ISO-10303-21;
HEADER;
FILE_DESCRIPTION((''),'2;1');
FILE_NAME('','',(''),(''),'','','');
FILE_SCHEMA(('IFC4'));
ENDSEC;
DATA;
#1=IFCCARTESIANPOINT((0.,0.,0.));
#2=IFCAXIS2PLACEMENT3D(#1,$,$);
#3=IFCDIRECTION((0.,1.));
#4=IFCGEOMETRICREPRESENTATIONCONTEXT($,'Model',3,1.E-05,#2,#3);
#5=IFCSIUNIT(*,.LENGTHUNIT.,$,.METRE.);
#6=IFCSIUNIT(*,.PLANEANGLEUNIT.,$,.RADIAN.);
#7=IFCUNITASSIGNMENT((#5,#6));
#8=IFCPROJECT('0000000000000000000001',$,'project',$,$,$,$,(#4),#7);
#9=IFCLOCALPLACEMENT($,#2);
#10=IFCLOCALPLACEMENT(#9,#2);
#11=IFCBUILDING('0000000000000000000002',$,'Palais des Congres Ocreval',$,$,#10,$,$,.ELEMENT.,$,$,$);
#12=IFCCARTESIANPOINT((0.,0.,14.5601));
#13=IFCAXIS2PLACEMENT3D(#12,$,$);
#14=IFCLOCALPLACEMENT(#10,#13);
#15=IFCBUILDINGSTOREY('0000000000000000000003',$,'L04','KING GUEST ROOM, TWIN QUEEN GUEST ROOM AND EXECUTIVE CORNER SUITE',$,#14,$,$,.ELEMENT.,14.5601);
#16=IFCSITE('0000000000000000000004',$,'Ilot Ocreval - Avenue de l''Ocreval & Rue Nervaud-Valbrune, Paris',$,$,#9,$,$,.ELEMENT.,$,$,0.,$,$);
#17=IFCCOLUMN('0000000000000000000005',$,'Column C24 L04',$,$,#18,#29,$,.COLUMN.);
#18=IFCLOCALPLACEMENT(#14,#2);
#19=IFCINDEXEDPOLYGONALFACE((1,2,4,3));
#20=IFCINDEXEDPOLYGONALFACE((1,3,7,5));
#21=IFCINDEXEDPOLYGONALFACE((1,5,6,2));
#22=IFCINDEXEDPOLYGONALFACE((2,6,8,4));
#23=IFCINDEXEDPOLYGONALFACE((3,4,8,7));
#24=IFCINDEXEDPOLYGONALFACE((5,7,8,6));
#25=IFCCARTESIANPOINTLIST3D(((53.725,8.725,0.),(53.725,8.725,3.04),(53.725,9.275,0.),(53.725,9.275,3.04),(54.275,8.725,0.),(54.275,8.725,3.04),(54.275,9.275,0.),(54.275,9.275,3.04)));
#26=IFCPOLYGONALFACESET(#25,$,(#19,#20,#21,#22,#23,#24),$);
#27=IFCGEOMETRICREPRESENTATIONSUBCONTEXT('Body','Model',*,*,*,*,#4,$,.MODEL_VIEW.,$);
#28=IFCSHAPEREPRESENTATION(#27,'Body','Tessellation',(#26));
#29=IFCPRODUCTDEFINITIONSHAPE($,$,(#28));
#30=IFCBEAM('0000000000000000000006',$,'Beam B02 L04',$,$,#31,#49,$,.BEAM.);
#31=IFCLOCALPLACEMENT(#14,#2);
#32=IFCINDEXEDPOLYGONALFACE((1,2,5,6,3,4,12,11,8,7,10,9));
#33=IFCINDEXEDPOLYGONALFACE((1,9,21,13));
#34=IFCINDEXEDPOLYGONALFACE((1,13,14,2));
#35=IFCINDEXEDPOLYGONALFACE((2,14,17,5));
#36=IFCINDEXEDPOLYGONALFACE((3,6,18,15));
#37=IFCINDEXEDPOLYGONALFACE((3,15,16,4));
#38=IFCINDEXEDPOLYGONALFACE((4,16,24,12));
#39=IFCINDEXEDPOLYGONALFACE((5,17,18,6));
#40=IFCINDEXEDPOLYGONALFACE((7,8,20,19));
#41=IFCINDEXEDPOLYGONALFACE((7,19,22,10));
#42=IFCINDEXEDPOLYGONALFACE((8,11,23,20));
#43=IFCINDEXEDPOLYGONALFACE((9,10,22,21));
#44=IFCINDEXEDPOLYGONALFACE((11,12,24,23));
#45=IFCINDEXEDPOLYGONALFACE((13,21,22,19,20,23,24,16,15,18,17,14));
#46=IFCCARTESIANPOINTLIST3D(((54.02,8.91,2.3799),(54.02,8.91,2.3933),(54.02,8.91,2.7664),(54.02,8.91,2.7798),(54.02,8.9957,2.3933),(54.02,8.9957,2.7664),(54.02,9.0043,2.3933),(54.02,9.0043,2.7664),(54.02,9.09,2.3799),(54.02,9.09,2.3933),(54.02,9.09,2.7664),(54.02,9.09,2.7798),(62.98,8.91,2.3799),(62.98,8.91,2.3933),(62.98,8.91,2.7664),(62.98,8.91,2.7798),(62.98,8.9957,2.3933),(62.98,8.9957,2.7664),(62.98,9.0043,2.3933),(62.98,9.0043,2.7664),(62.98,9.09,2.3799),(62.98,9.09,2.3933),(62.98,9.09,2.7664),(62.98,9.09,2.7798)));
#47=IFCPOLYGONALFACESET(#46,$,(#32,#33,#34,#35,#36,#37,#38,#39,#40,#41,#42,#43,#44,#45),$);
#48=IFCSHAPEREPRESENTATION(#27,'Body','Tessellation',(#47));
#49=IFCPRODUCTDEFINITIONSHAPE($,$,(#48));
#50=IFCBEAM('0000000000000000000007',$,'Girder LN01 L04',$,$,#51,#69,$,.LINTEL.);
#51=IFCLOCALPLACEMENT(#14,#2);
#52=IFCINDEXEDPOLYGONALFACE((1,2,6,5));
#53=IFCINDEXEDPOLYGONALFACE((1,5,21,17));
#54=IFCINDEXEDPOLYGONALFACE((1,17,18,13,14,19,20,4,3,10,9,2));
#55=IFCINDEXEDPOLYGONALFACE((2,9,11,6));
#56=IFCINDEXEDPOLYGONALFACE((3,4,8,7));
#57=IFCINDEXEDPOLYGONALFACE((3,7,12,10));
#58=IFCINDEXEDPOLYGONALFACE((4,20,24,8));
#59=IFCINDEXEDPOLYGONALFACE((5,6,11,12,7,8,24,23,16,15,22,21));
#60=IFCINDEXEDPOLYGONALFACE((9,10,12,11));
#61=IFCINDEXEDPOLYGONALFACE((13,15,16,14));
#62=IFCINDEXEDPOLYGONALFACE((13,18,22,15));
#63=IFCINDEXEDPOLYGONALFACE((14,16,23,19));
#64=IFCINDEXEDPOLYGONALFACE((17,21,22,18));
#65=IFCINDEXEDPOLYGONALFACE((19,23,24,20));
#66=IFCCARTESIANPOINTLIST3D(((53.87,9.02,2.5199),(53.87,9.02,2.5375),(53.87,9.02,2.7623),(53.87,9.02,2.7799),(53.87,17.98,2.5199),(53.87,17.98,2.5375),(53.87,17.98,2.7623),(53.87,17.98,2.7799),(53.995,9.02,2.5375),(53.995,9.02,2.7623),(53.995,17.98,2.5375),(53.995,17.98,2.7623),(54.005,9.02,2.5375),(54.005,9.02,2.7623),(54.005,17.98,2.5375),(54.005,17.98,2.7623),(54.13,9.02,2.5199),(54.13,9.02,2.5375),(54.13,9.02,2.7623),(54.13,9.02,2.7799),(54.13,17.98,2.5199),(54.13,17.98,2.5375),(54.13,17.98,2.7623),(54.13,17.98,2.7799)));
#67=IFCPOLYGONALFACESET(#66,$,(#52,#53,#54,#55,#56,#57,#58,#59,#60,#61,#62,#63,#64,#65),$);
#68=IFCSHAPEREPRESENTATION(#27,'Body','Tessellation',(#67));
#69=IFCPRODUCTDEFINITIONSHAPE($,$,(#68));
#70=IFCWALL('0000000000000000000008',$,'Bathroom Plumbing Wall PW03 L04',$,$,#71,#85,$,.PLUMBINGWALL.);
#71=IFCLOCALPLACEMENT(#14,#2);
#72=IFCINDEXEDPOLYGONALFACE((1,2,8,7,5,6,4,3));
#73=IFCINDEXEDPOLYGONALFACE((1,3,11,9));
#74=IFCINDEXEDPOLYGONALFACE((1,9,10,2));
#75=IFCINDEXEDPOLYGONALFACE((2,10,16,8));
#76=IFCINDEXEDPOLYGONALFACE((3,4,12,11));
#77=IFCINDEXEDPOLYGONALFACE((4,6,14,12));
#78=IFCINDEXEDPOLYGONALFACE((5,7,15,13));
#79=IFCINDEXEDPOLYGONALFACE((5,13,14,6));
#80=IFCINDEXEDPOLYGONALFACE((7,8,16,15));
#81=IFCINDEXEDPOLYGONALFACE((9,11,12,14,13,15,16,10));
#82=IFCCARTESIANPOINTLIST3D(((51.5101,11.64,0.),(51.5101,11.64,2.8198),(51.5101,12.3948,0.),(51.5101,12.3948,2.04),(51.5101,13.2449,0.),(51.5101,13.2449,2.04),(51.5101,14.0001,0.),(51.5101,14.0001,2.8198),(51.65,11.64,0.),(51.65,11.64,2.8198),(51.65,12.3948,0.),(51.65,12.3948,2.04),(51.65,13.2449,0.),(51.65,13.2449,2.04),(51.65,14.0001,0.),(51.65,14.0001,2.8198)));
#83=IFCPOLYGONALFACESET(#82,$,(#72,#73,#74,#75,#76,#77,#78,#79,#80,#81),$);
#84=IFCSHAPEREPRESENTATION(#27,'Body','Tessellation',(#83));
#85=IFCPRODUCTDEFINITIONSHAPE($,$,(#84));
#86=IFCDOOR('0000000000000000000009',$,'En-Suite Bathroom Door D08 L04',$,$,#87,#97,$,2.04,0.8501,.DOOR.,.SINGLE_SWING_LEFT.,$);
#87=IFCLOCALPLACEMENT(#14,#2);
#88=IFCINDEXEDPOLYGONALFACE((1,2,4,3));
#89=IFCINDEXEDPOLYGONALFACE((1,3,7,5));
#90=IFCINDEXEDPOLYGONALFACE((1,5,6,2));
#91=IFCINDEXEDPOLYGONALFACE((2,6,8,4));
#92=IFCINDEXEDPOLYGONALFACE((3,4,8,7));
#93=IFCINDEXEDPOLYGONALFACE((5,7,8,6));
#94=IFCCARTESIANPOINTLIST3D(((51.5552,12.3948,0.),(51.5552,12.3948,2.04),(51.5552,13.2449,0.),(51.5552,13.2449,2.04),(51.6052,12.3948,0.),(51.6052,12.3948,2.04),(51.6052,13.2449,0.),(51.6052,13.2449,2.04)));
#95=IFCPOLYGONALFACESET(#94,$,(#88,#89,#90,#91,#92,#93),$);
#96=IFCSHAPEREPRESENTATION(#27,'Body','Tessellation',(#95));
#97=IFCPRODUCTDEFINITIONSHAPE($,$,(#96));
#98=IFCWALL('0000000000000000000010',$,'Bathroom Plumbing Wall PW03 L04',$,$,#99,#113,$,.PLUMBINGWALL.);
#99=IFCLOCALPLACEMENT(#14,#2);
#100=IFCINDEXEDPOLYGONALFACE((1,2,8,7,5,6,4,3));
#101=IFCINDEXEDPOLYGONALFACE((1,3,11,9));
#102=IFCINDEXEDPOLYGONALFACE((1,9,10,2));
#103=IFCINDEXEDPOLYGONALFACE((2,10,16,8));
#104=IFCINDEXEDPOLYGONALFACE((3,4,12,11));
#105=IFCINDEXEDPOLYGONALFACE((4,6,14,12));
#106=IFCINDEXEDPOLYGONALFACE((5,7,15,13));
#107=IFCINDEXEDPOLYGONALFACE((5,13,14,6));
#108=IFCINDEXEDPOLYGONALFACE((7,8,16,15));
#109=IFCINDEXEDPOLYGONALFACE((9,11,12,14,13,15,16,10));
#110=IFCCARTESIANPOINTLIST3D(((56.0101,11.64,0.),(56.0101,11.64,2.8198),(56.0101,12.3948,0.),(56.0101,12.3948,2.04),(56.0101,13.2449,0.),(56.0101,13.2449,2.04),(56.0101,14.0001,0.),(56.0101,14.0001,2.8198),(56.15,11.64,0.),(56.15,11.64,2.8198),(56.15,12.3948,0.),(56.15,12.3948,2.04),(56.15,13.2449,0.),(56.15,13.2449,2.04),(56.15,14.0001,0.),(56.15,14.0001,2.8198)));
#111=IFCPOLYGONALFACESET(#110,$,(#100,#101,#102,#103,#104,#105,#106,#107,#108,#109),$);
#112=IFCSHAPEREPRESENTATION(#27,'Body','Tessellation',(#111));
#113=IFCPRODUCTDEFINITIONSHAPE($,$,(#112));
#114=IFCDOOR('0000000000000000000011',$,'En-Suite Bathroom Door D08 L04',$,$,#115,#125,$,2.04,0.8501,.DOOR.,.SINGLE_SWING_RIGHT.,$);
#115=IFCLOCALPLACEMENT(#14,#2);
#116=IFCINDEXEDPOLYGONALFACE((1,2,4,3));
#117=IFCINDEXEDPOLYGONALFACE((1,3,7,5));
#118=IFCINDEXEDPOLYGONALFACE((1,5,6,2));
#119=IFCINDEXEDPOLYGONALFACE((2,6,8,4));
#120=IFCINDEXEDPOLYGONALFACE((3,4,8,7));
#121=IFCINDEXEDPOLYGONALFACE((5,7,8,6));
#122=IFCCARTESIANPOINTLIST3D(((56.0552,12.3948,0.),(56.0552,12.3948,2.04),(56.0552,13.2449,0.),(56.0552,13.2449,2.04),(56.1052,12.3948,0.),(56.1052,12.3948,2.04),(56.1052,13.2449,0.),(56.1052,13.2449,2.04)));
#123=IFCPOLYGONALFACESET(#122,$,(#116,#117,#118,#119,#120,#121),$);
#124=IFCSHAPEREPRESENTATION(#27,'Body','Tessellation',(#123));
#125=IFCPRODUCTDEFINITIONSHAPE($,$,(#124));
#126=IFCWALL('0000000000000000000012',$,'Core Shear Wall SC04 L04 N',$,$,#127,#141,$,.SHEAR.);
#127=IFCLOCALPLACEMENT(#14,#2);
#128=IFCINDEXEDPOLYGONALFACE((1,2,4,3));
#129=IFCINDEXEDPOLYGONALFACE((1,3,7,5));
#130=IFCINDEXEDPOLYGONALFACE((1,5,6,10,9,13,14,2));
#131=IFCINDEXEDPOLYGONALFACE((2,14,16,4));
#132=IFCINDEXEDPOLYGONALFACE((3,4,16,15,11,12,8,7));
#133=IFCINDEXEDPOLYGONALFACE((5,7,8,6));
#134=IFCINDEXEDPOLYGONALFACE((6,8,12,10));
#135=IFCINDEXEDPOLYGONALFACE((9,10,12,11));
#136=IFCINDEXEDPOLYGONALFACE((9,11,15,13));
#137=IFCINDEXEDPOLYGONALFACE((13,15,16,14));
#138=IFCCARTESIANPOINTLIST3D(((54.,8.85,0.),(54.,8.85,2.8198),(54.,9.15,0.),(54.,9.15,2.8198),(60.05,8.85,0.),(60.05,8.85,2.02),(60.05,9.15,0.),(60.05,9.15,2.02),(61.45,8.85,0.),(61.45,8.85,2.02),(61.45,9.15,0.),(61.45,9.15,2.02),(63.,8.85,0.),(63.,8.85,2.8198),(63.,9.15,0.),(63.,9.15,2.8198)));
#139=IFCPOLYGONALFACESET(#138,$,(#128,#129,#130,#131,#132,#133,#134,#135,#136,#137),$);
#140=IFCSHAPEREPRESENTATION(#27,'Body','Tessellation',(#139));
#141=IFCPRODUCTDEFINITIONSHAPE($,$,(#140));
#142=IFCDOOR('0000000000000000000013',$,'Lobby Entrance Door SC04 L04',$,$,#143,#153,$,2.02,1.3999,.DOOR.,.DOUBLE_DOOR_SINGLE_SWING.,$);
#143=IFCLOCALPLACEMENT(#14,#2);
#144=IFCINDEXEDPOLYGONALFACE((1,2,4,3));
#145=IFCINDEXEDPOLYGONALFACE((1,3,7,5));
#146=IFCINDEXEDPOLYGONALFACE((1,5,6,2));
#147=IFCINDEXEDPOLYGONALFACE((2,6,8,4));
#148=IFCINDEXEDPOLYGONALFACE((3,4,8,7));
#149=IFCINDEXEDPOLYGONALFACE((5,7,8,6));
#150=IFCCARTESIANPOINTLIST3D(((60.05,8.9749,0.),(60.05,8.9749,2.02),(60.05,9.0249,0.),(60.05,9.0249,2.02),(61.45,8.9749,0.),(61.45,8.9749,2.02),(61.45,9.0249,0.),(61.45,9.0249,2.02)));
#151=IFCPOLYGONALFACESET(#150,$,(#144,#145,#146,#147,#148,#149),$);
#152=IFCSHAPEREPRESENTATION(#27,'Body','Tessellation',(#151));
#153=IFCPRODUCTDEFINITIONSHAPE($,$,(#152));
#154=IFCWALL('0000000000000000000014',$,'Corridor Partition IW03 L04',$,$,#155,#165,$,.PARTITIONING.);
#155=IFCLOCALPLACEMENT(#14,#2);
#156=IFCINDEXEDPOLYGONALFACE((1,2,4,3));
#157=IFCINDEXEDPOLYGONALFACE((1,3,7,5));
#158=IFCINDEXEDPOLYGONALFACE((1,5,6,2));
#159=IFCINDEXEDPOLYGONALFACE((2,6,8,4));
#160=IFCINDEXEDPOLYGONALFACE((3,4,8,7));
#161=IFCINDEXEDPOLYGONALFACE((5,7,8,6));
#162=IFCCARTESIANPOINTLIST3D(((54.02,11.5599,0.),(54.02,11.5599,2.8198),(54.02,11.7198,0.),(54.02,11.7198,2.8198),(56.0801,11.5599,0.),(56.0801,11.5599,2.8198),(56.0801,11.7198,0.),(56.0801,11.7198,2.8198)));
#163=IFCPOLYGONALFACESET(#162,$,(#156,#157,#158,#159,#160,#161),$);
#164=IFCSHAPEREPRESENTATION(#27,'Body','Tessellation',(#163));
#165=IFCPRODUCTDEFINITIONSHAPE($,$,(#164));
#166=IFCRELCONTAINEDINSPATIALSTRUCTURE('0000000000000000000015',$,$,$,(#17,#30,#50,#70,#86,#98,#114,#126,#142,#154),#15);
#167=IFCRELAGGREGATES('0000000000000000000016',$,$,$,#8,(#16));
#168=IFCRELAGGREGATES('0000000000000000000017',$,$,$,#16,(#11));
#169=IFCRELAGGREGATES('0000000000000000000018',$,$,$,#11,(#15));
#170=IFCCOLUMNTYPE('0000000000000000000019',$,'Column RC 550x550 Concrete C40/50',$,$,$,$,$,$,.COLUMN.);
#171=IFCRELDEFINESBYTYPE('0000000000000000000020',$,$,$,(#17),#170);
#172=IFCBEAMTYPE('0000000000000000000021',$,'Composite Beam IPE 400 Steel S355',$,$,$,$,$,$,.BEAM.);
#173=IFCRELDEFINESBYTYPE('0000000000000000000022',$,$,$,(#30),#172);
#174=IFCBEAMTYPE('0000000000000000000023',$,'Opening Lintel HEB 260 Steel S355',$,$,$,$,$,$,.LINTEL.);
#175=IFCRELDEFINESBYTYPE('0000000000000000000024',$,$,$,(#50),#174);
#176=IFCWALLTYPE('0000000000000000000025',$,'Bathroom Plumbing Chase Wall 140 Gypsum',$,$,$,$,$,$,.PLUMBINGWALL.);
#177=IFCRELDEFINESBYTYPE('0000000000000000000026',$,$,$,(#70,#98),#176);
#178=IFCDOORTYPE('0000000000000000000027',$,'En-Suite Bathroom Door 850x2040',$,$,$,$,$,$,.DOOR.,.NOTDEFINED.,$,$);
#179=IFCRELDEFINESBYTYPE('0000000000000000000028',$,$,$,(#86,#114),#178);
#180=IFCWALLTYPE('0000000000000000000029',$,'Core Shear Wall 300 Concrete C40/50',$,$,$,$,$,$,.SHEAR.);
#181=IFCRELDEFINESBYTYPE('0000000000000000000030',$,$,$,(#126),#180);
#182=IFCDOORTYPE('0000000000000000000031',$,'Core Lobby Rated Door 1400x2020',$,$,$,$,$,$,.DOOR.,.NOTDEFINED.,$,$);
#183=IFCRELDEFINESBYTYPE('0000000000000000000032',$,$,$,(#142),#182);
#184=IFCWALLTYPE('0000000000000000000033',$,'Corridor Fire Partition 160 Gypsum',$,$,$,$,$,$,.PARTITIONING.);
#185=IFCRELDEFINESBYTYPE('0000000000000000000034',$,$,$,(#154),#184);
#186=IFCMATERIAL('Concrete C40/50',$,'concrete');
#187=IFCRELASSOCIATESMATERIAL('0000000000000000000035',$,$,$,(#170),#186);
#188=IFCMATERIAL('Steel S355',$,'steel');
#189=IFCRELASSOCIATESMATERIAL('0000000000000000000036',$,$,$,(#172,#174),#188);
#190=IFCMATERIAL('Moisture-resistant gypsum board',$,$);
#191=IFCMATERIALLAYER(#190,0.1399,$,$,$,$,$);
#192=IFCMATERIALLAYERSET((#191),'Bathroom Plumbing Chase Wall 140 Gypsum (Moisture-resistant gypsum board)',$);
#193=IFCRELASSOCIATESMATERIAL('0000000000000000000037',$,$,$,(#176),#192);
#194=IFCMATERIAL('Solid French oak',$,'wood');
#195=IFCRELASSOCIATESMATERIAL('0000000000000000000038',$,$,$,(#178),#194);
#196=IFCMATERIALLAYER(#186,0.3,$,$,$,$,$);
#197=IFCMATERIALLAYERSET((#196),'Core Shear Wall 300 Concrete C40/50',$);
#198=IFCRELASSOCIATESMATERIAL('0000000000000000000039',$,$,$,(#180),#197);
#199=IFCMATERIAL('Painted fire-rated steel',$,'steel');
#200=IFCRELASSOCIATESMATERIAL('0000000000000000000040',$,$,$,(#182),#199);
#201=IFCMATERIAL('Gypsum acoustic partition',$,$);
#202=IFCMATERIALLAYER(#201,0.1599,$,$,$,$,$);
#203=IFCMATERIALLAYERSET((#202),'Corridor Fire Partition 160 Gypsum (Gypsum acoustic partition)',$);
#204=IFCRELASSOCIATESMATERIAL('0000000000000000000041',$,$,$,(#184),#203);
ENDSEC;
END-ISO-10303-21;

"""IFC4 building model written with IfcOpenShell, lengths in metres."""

from ifc_helpers import new_model, si_unit, direction, frame, frame_2d, origin, origin_2d, place, context, subcontext, project, spatial, rectangle, i_section, extrude, material, layer, layer_set, material_profile, profile_set, type_object, element, fill, save


model = new_model("IFC4")

# Units and contexts
model_context = context("Model", 3, precision=1e-05, world=origin(), true_north=direction((0.0, 1.0)))
body_context = subcontext(model_context, "Body", "Model", "MODEL_VIEW")
ifc_project = project(units=[si_unit("LENGTHUNIT", "METRE"), si_unit("PLANEANGLEUNIT", "RADIAN")], contexts=[model_context])

# Site, building, storey
site_placement = place(None, origin())
site = spatial("IfcSite", under=ifc_project, at=site_placement, Name="Ilot Ocreval - Avenue de l'Ocreval & Rue Nervaud-Valbrune, Paris", CompositionType="ELEMENT", RefElevation=0.0)
building_placement = place(site_placement, origin())
building = spatial("IfcBuilding", under=site, at=building_placement, Name="Palais des Congres Ocreval", CompositionType="ELEMENT")
storey_placement = place(building_placement, frame((0.0, 0.0, 14.5601)))
storey = spatial("IfcBuildingStorey", under=building, at=storey_placement, Name="L04", Description="KING GUEST ROOM, TWIN QUEEN GUEST ROOM AND EXECUTIVE CORNER SUITE", CompositionType="ELEMENT", Elevation=14.5601)

# Column
ifc_material_1 = material(Name="Concrete C40/50", Category="concrete")
ifc_material_profile_1 = material_profile(ifc_material_1, rectangle(XDim=0.55, YDim=0.55, at=origin_2d()), Name="RC 550x550")
ifc_profile_set_1 = profile_set([ifc_material_profile_1], Name="Concrete C40/50")
column_type = type_object("IfcColumnType", Name="Column RC 550x550 Concrete C40/50", PredefinedType="COLUMN", material=ifc_profile_set_1)
column_placement = place(storey_placement, frame((54.0, 9.0, 0.0), z_axis=(0.0, 0.0, 1.0), x_axis=(1.0, 0.0, 0.0)))
element("IfcColumn", 1, at=column_placement, inside=storey, type_object=column_type, Name="Column C24 L04", PredefinedType="COLUMN", context=body_context, shape_type="SweptSolid", body=[
    extrude(rectangle(XDim=0.55, YDim=0.55, at=origin_2d()), origin(), (0.0, 0.0, 1.0), 3.04),
])

# Beams
ifc_material_2 = material(Name="Steel S355", Category="steel")
ifc_material_profile_2 = material_profile(ifc_material_2, i_section(OverallWidth=0.1799, OverallDepth=0.3999, WebThickness=0.0085, FlangeThickness=0.0134, at=origin_2d()), Name="IPE 400")
ifc_profile_set_2 = profile_set([ifc_material_profile_2], Name="Steel S355")
beam_type_1 = type_object("IfcBeamType", Name="Composite Beam IPE 400 Steel S355", PredefinedType="BEAM", material=ifc_profile_set_2)
beam_1_placement = place(storey_placement, frame((54.02, 9.0, 2.5798), z_axis=(1.0, 0.0, 0.0), x_axis=(0.0, 1.0, 0.0)))
element("IfcBeam", 2, at=beam_1_placement, inside=storey, type_object=beam_type_1, Name="Beam B02 L04", PredefinedType="BEAM", context=body_context, shape_type="SweptSolid", body=[
    extrude(i_section(OverallWidth=0.1799, OverallDepth=0.3999, WebThickness=0.0085, FlangeThickness=0.0134, at=origin_2d()), origin(), (0.0, 0.0, 1.0), 8.96),
])
ifc_material_profile_3 = material_profile(ifc_material_2, i_section(OverallWidth=0.26, OverallDepth=0.26, WebThickness=0.01, FlangeThickness=0.0176, at=origin_2d()), Name="HEB 260")
ifc_profile_set_3 = profile_set([ifc_material_profile_3], Name="Steel S355")
beam_type_2 = type_object("IfcBeamType", Name="Opening Lintel HEB 260 Steel S355", PredefinedType="LINTEL", material=ifc_profile_set_3)
beam_2_placement = place(storey_placement, frame((54.0, 9.02, 2.6499), z_axis=(0.0, 1.0, 0.0), x_axis=(-1.0, 0.0, 0.0)))
element("IfcBeam", 3, at=beam_2_placement, inside=storey, type_object=beam_type_2, Name="Girder LN01 L04", PredefinedType="LINTEL", context=body_context, shape_type="SweptSolid", body=[
    extrude(i_section(OverallWidth=0.26, OverallDepth=0.26, WebThickness=0.01, FlangeThickness=0.0176, at=origin_2d()), origin(), (0.0, 0.0, 1.0), 8.96),
])

# Walls, openings, doors
ifc_material_3 = material(Name="Moisture-resistant gypsum board")
ifc_layer_1 = layer(ifc_material_3, 0.1399)
ifc_layer_set_1 = layer_set([ifc_layer_1], Name="Bathroom Plumbing Chase Wall 140 Gypsum (Moisture-resistant gypsum board)")
wall_type_1 = type_object("IfcWallType", Name="Bathroom Plumbing Chase Wall 140 Gypsum", PredefinedType="PLUMBINGWALL", material=ifc_layer_set_1)
wall_1_placement = place(storey_placement, frame((51.5801, 11.6399, 0.0), z_axis=(0.0, 0.0, 1.0), x_axis=(0.0, 1.0, 0.0)))
wall_1 = element("IfcWall", 4, at=wall_1_placement, inside=storey, type_object=wall_type_1, Name="Bathroom Plumbing Wall PW03 L04", PredefinedType="PLUMBINGWALL", context=body_context, shape_type="SweptSolid", body=[
    extrude(rectangle(XDim=2.3601, YDim=0.1399, at=frame_2d((1.1802, 0.0))), origin(), (0.0, 0.0, 1.0), 2.8198),
])
opening_1_placement = place(wall_1_placement, frame((0.7549, 0.0, 0.0)))
opening_1 = element("IfcOpeningElement", 5, at=opening_1_placement, cuts=wall_1, PredefinedType="OPENING", context=body_context, shape_type="SweptSolid", body=[
    extrude(rectangle(XDim=0.8501, YDim=2.04, at=frame_2d((0.425, 1.02))), frame((0.0, 0.0798, 0.0), z_axis=(0.0, -1.0, 0.0), x_axis=(1.0, 0.0, 0.0)), (0.0, 0.0, 1.0), 0.1599),
])
ifc_material_4 = material(Name="Solid French oak", Category="wood")
door_type_1 = type_object("IfcDoorType", Name="En-Suite Bathroom Door 850x2040", OperationType="NOTDEFINED", PredefinedType="DOOR", material=ifc_material_4)
door_1_placement = place(opening_1_placement, origin())
door_1 = element("IfcDoor", 6, at=door_1_placement, inside=storey, type_object=door_type_1, Name="En-Suite Bathroom Door D08 L04", OperationType="SINGLE_SWING_LEFT", OverallHeight=2.04, OverallWidth=0.8501, PredefinedType="DOOR", context=body_context, shape_type="SweptSolid", body=[
    extrude(rectangle(XDim=0.8501, YDim=2.04, at=frame_2d((0.425, 1.02))), frame((0.0, 0.0249, 0.0), z_axis=(0.0, -1.0, 0.0), x_axis=(1.0, 0.0, 0.0)), (0.0, 0.0, 1.0), 0.05),
])
fill(opening_1, door_1)
wall_2_placement = place(storey_placement, frame((56.0801, 11.6399, 0.0), z_axis=(0.0, 0.0, 1.0), x_axis=(0.0, 1.0, 0.0)))
wall_2 = element("IfcWall", 7, at=wall_2_placement, inside=storey, type_object=wall_type_1, Name="Bathroom Plumbing Wall PW03 L04", PredefinedType="PLUMBINGWALL", context=body_context, shape_type="SweptSolid", body=[
    extrude(rectangle(XDim=2.3601, YDim=0.1399, at=frame_2d((1.1802, 0.0))), origin(), (0.0, 0.0, 1.0), 2.8198),
])
opening_2_placement = place(wall_2_placement, frame((0.7549, 0.0, 0.0)))
opening_2 = element("IfcOpeningElement", 8, at=opening_2_placement, cuts=wall_2, PredefinedType="OPENING", context=body_context, shape_type="SweptSolid", body=[
    extrude(rectangle(XDim=0.8501, YDim=2.04, at=frame_2d((0.425, 1.02))), frame((0.0, 0.0798, 0.0), z_axis=(0.0, -1.0, 0.0), x_axis=(1.0, 0.0, 0.0)), (0.0, 0.0, 1.0), 0.1599),
])
door_2_placement = place(opening_2_placement, origin())
door_2 = element("IfcDoor", 9, at=door_2_placement, inside=storey, type_object=door_type_1, Name="En-Suite Bathroom Door D08 L04", OperationType="SINGLE_SWING_RIGHT", OverallHeight=2.04, OverallWidth=0.8501, PredefinedType="DOOR", context=body_context, shape_type="SweptSolid", body=[
    extrude(rectangle(XDim=0.8501, YDim=2.04, at=frame_2d((0.425, 1.02))), frame((0.0, 0.0249, 0.0), z_axis=(0.0, -1.0, 0.0), x_axis=(1.0, 0.0, 0.0)), (0.0, 0.0, 1.0), 0.05),
])
fill(opening_2, door_2)
ifc_layer_2 = layer(ifc_material_1, 0.3)
ifc_layer_set_2 = layer_set([ifc_layer_2], Name="Core Shear Wall 300 Concrete C40/50")
wall_type_2 = type_object("IfcWallType", Name="Core Shear Wall 300 Concrete C40/50", PredefinedType="SHEAR", material=ifc_layer_set_2)
wall_3_placement = place(storey_placement, frame((54.0, 9.0, 0.0), z_axis=(0.0, 0.0, 1.0), x_axis=(1.0, 0.0, 0.0)))
wall_3 = element("IfcWall", 10, at=wall_3_placement, inside=storey, type_object=wall_type_2, Name="Core Shear Wall SC04 L04 N", PredefinedType="SHEAR", context=body_context, shape_type="SweptSolid", body=[
    extrude(rectangle(XDim=9.0, YDim=0.3, at=frame_2d((4.5, 0.0))), origin(), (0.0, 0.0, 1.0), 2.8198),
])
opening_3_placement = place(wall_3_placement, frame((6.05, 0.0, 0.0)))
opening_3 = element("IfcOpeningElement", 11, at=opening_3_placement, cuts=wall_3, PredefinedType="OPENING", context=body_context, shape_type="SweptSolid", body=[
    extrude(rectangle(XDim=1.3999, YDim=2.02, at=frame_2d((0.7, 1.01))), frame((0.0, 0.1599, 0.0), z_axis=(0.0, -1.0, 0.0), x_axis=(1.0, 0.0, 0.0)), (0.0, 0.0, 1.0), 0.3201),
])
ifc_material_5 = material(Name="Painted fire-rated steel", Category="steel")
door_type_2 = type_object("IfcDoorType", Name="Core Lobby Rated Door 1400x2020", OperationType="NOTDEFINED", PredefinedType="DOOR", material=ifc_material_5)
door_3_placement = place(opening_3_placement, origin())
door_3 = element("IfcDoor", 12, at=door_3_placement, inside=storey, type_object=door_type_2, Name="Lobby Entrance Door SC04 L04", OperationType="DOUBLE_DOOR_SINGLE_SWING", OverallHeight=2.02, OverallWidth=1.3999, PredefinedType="DOOR", context=body_context, shape_type="SweptSolid", body=[
    extrude(rectangle(XDim=1.3999, YDim=2.02, at=frame_2d((0.7, 1.01))), frame((0.0, 0.0249, 0.0), z_axis=(0.0, -1.0, 0.0), x_axis=(1.0, 0.0, 0.0)), (0.0, 0.0, 1.0), 0.05),
])
fill(opening_3, door_3)

# Wall
ifc_material_6 = material(Name="Gypsum acoustic partition")
ifc_layer_3 = layer(ifc_material_6, 0.1599)
ifc_layer_set_3 = layer_set([ifc_layer_3], Name="Corridor Fire Partition 160 Gypsum (Gypsum acoustic partition)")
wall_type_3 = type_object("IfcWallType", Name="Corridor Fire Partition 160 Gypsum", PredefinedType="PARTITIONING", material=ifc_layer_set_3)
wall_4_placement = place(storey_placement, frame((54.02, 11.6399, 0.0), z_axis=(0.0, 0.0, 1.0), x_axis=(1.0, 0.0, 0.0)))
element("IfcWall", 13, at=wall_4_placement, inside=storey, type_object=wall_type_3, Name="Corridor Partition IW03 L04", PredefinedType="PARTITIONING", context=body_context, shape_type="SweptSolid", body=[
    extrude(rectangle(XDim=2.0601, YDim=0.1599, at=frame_2d((1.03, 0.0))), origin(), (0.0, 0.0, 1.0), 2.8198),
])

save(model, "model.ifc")
